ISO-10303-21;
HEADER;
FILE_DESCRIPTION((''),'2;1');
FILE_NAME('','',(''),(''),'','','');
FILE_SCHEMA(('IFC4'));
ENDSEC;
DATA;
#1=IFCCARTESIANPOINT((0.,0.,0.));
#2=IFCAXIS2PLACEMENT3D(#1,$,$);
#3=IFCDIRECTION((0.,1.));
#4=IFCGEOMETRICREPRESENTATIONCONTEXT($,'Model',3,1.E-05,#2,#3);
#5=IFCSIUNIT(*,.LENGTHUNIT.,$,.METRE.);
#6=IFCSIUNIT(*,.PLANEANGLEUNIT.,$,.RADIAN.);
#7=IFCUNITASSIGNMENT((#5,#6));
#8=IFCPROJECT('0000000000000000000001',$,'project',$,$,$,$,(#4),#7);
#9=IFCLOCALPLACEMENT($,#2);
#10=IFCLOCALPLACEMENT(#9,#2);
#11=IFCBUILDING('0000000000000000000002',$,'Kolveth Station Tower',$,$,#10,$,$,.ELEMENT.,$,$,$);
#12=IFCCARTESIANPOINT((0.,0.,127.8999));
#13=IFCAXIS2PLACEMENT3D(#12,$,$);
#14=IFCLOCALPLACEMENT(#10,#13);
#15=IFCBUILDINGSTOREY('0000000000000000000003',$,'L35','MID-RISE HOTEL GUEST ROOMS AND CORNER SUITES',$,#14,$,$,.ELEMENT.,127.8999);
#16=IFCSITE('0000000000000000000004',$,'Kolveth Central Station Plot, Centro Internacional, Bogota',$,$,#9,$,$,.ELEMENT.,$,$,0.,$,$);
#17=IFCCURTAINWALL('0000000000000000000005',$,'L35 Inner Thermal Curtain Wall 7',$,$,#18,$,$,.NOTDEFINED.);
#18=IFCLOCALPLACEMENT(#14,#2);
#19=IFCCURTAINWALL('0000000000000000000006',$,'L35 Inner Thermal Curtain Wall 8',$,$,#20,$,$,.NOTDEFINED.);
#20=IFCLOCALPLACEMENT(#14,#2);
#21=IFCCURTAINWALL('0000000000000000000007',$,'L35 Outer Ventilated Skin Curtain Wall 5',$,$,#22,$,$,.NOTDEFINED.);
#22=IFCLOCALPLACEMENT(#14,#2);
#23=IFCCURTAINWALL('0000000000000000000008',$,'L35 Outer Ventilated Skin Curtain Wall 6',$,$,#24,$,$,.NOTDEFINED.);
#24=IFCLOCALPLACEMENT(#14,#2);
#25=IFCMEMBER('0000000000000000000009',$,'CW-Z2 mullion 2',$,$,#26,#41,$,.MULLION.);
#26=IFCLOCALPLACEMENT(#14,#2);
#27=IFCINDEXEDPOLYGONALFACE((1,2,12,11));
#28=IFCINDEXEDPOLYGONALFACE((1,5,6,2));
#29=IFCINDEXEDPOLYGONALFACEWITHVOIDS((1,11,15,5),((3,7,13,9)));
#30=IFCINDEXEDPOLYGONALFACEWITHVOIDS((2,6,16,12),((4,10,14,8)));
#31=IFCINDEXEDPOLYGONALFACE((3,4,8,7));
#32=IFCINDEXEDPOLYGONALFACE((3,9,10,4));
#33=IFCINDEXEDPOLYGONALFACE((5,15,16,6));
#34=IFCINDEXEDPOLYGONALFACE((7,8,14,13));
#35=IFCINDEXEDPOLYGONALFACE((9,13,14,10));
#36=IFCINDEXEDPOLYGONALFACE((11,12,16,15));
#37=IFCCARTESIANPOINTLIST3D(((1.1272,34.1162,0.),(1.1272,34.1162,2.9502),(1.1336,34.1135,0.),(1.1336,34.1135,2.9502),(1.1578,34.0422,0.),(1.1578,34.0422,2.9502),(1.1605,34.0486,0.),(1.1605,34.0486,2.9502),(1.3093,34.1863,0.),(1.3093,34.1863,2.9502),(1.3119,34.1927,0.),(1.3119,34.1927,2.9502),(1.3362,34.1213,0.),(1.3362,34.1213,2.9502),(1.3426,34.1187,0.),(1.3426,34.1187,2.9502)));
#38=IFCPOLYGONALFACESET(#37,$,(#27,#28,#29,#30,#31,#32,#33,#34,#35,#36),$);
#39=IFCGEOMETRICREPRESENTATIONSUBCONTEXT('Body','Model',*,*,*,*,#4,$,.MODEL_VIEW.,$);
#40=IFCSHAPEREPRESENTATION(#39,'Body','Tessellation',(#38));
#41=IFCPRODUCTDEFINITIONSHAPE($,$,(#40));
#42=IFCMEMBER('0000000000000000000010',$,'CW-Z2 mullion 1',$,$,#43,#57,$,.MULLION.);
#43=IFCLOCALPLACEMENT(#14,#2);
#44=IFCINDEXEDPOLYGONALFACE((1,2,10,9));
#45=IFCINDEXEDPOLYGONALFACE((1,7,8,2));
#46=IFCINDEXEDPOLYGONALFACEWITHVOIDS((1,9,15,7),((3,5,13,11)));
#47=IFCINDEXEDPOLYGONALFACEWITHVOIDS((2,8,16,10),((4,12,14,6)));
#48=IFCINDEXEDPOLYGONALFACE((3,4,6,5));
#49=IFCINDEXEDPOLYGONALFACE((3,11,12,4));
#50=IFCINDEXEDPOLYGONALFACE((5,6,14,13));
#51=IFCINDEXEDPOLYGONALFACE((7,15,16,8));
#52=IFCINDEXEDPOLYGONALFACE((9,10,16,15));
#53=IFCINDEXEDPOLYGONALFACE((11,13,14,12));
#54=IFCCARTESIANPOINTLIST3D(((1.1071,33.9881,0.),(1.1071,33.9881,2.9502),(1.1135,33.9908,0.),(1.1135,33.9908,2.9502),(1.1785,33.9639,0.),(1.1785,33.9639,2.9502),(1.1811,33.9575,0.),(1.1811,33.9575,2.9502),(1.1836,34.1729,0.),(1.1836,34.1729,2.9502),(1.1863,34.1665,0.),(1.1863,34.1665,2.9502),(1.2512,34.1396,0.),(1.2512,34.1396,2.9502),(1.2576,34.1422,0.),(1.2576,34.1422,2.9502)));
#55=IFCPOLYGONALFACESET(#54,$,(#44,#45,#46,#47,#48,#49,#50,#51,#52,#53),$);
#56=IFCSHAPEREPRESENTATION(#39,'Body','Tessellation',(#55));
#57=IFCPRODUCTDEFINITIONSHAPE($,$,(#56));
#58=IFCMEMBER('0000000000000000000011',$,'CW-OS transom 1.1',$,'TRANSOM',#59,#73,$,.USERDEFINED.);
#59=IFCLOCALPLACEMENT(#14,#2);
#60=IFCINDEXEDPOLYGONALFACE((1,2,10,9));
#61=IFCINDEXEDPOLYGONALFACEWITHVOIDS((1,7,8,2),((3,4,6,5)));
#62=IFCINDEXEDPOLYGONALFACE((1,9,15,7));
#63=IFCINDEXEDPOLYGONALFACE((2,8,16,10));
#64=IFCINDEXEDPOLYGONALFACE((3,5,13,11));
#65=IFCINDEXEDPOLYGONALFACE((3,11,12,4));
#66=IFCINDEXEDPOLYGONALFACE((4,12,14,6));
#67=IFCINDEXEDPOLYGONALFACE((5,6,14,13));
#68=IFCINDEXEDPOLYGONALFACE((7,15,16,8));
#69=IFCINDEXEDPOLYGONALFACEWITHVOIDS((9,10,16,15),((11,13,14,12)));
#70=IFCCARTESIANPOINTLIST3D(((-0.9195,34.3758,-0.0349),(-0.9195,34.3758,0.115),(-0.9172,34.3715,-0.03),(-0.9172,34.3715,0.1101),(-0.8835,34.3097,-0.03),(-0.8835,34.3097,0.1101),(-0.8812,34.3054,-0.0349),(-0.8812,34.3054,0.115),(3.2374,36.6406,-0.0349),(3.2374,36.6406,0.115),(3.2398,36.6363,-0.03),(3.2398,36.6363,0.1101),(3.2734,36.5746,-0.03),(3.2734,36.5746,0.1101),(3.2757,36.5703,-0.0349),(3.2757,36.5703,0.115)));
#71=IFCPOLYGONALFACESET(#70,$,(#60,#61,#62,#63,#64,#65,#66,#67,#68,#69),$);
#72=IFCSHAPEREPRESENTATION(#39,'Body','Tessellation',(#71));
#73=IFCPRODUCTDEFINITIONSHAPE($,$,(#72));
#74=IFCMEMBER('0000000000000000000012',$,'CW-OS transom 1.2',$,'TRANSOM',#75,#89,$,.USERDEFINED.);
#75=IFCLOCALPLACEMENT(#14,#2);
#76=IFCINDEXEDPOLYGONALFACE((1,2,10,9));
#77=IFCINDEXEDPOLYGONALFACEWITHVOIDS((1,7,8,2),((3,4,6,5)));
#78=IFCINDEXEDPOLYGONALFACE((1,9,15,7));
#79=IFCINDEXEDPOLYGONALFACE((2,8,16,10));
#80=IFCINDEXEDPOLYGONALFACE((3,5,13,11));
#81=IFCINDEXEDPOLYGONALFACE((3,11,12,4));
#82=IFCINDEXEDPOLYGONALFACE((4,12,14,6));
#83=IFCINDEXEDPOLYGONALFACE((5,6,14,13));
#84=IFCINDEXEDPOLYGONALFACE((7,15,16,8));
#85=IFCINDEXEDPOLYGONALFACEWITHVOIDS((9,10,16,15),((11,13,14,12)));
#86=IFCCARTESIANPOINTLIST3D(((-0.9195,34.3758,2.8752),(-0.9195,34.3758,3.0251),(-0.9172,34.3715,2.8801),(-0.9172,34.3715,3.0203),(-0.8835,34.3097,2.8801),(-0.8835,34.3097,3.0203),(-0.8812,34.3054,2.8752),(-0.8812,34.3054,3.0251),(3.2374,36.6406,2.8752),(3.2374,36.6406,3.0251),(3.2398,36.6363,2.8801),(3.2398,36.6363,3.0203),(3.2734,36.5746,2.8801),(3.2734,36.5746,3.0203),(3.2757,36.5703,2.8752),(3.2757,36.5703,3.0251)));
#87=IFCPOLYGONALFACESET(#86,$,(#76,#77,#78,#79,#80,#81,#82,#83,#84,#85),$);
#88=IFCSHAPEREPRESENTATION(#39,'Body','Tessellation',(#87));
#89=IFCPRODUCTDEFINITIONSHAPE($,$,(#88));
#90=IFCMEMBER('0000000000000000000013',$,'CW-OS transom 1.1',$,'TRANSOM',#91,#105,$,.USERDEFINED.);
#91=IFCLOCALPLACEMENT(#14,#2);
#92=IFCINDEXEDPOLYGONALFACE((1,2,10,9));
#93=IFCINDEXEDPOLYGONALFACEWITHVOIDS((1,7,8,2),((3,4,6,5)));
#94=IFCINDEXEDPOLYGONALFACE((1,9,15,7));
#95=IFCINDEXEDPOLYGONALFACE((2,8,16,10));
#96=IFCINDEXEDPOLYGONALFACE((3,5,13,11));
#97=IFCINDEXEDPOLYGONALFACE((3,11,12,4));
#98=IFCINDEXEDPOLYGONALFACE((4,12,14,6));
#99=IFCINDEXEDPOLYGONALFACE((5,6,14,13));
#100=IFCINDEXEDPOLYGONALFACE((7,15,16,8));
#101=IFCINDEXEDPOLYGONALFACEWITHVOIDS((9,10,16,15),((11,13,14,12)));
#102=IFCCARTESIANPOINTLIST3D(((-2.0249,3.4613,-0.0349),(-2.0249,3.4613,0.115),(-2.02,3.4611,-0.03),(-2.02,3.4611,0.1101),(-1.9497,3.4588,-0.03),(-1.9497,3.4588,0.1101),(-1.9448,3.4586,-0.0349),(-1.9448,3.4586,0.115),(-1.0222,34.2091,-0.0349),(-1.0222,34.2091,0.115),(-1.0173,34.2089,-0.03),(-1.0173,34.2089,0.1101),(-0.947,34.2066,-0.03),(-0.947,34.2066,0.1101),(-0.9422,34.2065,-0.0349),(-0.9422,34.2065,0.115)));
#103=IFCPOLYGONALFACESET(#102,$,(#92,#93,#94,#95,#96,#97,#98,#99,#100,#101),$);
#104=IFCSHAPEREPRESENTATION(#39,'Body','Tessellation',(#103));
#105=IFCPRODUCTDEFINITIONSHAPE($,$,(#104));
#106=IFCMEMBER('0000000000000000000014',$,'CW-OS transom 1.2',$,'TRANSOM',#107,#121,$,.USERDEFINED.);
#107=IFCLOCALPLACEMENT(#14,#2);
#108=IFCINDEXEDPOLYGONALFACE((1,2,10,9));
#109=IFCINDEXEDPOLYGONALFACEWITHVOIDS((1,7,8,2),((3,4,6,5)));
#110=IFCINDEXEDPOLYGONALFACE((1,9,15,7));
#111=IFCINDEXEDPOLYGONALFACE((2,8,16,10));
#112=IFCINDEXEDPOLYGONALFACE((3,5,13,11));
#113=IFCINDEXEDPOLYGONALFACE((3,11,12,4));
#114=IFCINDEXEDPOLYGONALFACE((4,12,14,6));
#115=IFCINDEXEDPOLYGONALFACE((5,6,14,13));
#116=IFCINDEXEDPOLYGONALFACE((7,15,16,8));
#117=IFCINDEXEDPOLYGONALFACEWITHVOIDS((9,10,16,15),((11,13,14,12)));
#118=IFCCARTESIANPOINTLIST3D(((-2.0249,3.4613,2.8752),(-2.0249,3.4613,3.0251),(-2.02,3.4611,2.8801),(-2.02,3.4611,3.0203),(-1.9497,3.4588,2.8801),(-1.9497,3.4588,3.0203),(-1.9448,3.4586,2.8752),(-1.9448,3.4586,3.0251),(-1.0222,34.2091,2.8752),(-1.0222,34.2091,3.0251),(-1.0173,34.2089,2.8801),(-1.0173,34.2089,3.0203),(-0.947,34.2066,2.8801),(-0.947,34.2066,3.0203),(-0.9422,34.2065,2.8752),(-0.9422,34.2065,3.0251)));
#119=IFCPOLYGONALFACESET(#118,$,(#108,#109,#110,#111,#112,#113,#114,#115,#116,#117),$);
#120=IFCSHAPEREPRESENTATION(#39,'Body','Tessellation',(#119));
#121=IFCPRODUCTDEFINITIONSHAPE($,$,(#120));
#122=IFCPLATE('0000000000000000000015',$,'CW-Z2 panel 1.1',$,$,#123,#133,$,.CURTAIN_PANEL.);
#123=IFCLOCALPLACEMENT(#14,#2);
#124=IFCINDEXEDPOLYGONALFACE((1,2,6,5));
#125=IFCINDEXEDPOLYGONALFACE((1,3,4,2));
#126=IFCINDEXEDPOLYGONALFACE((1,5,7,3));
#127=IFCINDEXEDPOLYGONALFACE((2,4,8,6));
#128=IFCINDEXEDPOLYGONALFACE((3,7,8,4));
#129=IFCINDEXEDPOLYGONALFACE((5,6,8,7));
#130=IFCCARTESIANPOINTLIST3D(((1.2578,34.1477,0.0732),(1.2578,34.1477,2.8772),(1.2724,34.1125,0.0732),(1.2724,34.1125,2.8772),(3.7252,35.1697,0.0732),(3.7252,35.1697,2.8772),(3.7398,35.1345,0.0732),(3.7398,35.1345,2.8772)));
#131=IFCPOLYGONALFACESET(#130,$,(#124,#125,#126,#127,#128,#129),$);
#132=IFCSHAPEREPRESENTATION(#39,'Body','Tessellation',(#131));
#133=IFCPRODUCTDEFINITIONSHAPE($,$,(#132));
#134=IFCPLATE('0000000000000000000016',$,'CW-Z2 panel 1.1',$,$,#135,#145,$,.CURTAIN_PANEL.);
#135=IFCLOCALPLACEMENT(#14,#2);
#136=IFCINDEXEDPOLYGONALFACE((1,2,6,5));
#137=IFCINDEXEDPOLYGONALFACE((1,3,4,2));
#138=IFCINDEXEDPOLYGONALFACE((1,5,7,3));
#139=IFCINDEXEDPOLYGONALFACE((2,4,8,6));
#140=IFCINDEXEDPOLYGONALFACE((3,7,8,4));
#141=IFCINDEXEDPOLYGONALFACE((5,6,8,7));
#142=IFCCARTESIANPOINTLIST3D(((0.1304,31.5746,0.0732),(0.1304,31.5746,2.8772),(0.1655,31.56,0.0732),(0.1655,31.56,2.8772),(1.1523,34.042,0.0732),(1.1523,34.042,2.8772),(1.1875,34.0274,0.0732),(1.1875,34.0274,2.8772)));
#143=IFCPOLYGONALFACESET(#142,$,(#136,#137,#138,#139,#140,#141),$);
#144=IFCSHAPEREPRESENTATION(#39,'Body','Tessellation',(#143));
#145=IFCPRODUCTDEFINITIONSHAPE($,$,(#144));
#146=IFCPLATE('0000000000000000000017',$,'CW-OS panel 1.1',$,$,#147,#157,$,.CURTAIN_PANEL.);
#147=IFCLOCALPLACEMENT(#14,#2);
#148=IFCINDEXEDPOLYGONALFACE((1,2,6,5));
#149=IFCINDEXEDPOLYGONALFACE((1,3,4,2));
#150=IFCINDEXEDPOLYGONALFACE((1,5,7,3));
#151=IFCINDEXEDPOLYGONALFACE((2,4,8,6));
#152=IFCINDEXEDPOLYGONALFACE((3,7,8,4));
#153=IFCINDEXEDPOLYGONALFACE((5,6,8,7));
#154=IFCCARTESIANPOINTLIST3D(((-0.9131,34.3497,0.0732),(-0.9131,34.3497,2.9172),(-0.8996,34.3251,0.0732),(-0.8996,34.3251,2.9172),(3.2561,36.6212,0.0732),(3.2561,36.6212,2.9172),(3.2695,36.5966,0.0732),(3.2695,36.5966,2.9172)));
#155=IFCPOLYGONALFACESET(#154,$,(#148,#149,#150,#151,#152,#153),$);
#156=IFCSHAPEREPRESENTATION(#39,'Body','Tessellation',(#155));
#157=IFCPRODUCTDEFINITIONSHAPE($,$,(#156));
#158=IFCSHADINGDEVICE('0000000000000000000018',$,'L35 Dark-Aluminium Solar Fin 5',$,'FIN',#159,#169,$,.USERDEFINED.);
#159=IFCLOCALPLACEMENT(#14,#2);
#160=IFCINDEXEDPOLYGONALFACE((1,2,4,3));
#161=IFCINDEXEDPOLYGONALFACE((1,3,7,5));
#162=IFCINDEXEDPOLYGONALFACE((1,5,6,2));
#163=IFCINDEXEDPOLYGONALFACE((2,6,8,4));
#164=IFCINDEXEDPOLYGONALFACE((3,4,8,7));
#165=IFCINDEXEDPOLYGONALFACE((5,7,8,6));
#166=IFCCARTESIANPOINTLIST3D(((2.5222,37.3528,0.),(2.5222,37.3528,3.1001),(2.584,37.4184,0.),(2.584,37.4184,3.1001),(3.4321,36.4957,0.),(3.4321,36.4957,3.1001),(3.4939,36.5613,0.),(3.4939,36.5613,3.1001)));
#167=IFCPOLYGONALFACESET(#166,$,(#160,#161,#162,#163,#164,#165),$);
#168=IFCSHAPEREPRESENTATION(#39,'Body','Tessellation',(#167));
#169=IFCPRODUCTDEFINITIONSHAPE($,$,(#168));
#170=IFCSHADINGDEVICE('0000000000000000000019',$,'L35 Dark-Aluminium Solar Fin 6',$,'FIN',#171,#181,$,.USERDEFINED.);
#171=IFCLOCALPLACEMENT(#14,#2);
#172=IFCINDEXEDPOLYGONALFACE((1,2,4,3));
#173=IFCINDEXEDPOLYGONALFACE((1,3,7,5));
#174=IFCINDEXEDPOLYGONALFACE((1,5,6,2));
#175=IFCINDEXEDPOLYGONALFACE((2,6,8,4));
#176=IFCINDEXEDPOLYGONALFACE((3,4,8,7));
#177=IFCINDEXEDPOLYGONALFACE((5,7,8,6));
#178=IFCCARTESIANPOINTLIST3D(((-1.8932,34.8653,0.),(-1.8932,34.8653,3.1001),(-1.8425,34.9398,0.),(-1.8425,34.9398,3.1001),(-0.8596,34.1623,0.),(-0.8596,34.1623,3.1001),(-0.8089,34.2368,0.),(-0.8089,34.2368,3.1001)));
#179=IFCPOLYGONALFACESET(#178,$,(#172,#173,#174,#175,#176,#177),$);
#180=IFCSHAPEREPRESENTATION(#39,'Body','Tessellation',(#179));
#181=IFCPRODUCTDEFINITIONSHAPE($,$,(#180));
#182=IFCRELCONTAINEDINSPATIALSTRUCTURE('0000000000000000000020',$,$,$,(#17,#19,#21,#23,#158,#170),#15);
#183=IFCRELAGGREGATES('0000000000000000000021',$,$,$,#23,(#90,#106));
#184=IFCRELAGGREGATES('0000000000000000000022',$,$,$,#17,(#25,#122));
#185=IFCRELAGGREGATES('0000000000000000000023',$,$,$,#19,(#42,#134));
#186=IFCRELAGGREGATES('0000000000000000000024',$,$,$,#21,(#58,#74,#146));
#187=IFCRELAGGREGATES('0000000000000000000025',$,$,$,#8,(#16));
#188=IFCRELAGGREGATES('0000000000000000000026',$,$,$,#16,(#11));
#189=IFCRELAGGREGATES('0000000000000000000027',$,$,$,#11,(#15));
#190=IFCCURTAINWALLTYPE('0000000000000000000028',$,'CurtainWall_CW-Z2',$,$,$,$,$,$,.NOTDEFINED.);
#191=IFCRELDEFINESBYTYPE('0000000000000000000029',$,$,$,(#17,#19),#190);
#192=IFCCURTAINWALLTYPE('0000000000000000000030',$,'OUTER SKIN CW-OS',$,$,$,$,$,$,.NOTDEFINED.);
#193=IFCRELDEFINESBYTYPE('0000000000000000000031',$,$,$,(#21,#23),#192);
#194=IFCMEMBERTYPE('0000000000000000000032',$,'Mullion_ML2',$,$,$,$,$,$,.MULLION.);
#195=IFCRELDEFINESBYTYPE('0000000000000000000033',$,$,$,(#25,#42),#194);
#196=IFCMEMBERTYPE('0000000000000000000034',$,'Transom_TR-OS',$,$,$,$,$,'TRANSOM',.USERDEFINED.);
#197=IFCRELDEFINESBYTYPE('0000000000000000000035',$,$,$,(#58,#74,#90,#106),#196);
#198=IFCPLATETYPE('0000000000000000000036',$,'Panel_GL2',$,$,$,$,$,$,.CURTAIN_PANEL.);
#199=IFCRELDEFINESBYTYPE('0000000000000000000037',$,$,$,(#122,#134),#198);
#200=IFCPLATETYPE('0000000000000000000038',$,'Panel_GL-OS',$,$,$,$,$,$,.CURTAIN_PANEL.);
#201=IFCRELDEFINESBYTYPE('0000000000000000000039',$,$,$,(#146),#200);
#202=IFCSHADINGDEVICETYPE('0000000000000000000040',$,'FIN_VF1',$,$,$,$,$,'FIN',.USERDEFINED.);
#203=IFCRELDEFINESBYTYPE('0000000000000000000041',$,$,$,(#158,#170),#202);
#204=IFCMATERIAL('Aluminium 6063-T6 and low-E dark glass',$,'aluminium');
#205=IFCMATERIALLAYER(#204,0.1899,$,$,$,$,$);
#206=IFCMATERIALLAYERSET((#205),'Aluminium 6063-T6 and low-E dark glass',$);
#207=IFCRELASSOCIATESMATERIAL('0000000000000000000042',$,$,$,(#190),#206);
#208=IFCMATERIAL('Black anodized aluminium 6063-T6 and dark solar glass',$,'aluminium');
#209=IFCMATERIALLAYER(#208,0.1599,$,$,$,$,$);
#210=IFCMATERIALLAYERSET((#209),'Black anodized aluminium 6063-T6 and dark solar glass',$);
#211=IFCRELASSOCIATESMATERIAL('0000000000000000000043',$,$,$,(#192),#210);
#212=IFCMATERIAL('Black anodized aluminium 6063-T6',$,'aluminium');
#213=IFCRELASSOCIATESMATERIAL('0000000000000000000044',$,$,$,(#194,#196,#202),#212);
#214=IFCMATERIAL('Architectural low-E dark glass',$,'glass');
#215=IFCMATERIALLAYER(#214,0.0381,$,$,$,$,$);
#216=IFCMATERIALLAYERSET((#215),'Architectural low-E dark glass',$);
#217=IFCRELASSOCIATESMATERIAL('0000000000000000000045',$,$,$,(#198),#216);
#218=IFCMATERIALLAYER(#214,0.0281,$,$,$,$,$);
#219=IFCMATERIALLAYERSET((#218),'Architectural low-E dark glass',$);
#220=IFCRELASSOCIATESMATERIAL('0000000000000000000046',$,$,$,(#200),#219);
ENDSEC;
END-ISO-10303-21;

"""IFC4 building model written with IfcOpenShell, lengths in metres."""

from ifc_helpers import new_model, si_unit, direction, frame, origin, origin_2d, place, context, subcontext, project, spatial, rectangle, hollow_rectangle, extrude, source, transform, mapped, material, layer, layer_set, material_profile, profile_set, type_object, element, aggregate, save


model = new_model("IFC4")

# Units and contexts
model_context = context("Model", 3, precision=1e-05, world=origin(), true_north=direction((0.0, 1.0)))
body_context = subcontext(model_context, "Body", "Model", "MODEL_VIEW")
ifc_project = project(units=[si_unit("LENGTHUNIT", "METRE"), si_unit("PLANEANGLEUNIT", "RADIAN")], contexts=[model_context])

# Site, building, storey
site_placement = place(None, origin())
site = spatial("IfcSite", under=ifc_project, at=site_placement, Name="Kolveth Central Station Plot, Centro Internacional, Bogota", CompositionType="ELEMENT", RefElevation=0.0)
building_placement = place(site_placement, origin())
building = spatial("IfcBuilding", under=site, at=building_placement, Name="Kolveth Station Tower", CompositionType="ELEMENT")
storey_placement = place(building_placement, frame((0.0, 0.0, 127.8999)))
storey = spatial("IfcBuildingStorey", under=building, at=storey_placement, Name="L35", Description="MID-RISE HOTEL GUEST ROOMS AND CORNER SUITES", CompositionType="ELEMENT", Elevation=127.8999)

# Curtain walls
ifc_material_1 = material(Name="Aluminium 6063-T6 and low-E dark glass", Category="aluminium")
ifc_layer_1 = layer(ifc_material_1, 0.1899)
ifc_layer_set_1 = layer_set([ifc_layer_1], Name="Aluminium 6063-T6 and low-E dark glass")
curtain_wall_type_1 = type_object("IfcCurtainWallType", Name="CurtainWall_CW-Z2", PredefinedType="NOTDEFINED", material=ifc_layer_set_1)
curtain_wall_1_placement = place(storey_placement, origin())
curtain_wall_1 = element("IfcCurtainWall", 1, at=curtain_wall_1_placement, inside=storey, type_object=curtain_wall_type_1, Name="L35 Inner Thermal Curtain Wall 7", PredefinedType="NOTDEFINED")
ifc_material_2 = material(Name="Black anodized aluminium 6063-T6", Category="aluminium")
curtain_wall_2_placement = place(storey_placement, origin())
curtain_wall_2 = element("IfcCurtainWall", 2, at=curtain_wall_2_placement, inside=storey, type_object=curtain_wall_type_1, Name="L35 Inner Thermal Curtain Wall 8", PredefinedType="NOTDEFINED")

# Shared definitions
ifc_material_3 = material(Name="Black anodized aluminium 6063-T6 and dark solar glass", Category="aluminium")
ifc_layer_2 = layer(ifc_material_3, 0.1599)
ifc_layer_set_2 = layer_set([ifc_layer_2], Name="Black anodized aluminium 6063-T6 and dark solar glass")
curtain_wall_type_2 = type_object("IfcCurtainWallType", Name="OUTER SKIN CW-OS", PredefinedType="NOTDEFINED", material=ifc_layer_set_2)

# Curtain wall
curtain_wall_3_placement = place(storey_placement, origin())
curtain_wall_3 = element("IfcCurtainWall", 3, at=curtain_wall_3_placement, inside=storey, type_object=curtain_wall_type_2, Name="L35 Outer Ventilated Skin Curtain Wall 5", PredefinedType="NOTDEFINED")

# Curtain wall
curtain_wall_4_placement = place(storey_placement, origin())
curtain_wall_4 = element("IfcCurtainWall", 4, at=curtain_wall_4_placement, inside=storey, type_object=curtain_wall_type_2, Name="L35 Outer Ventilated Skin Curtain Wall 6", PredefinedType="NOTDEFINED")
ifc_material_profile_1 = material_profile(ifc_material_2, hollow_rectangle(XDim=0.0801, YDim=0.2, WallThickness=0.0049, at=origin_2d()), Name="ALU-80x200x5")
ifc_profile_set_1 = profile_set([ifc_material_profile_1], Name="Black anodized aluminium 6063-T6")
member_type_1 = type_object("IfcMemberType", Name="Mullion_ML2", PredefinedType="MULLION", material=ifc_profile_set_1)
shared_shape_1 = source(origin(), body_context, "Body", "SweptSolid", [
    extrude(hollow_rectangle(XDim=0.0801, YDim=0.2, WallThickness=0.0049, at=origin_2d()), origin(), (0.0, 0.0, 1.0), 2.9502),
])

# Members
member_1_placement = place(storey_placement, frame((1.2349, 34.1174, 0.0), z_axis=(0.0, 0.0, 1.0), x_axis=(0.382663, -0.923888, 0.0)))
member_1 = element("IfcMember", 5, at=member_1_placement, type_object=member_type_1, Name="CW-Z2 mullion 2", PredefinedType="MULLION", context=body_context, shape_type="MappedRepresentation", body=[
    mapped(shared_shape_1, transform((0.0, 0.0, 0.0), x_axis=(1.0, 0.0, 0.0), y_axis=(0.0, 1.0, 0.0), z_axis=(0.0, 0.0, 1.0), scale=1.0)),
])
member_2_placement = place(storey_placement, frame((1.1824, 34.0652, 0.0), z_axis=(0.0, 0.0, 1.0), x_axis=(0.923888, -0.382663, 0.0)))
member_2 = element("IfcMember", 6, at=member_2_placement, type_object=member_type_1, Name="CW-Z2 mullion 1", PredefinedType="MULLION", context=body_context, shape_type="MappedRepresentation", body=[
    mapped(shared_shape_1, transform((0.0, 0.0, 0.0), x_axis=(1.0, 0.0, 0.0), y_axis=(0.0, 1.0, 0.0), z_axis=(0.0, 0.0, 1.0), scale=1.0)),
])
ifc_material_profile_2 = material_profile(ifc_material_2, hollow_rectangle(XDim=0.0801, YDim=0.1499, WallThickness=0.0049, at=origin_2d()), Name="ALU-80x150x5")
ifc_profile_set_2 = profile_set([ifc_material_profile_2], Name="Black anodized aluminium 6063-T6")
member_type_2 = type_object("IfcMemberType", Name="Transom_TR-OS", ElementType="TRANSOM", PredefinedType="USERDEFINED", material=ifc_profile_set_2)
shared_shape_2 = source(origin(), body_context, "Body", "SweptSolid", [
    extrude(hollow_rectangle(XDim=0.0801, YDim=0.1499, WallThickness=0.0049, at=origin_2d()), origin(), (0.0, 0.0, 1.0), 4.7339),
])
member_3_placement = place(storey_placement, frame((3.2566, 36.6055, 0.04), z_axis=(-0.878122, -0.478437, 0.0), x_axis=(0.478437, -0.878122, 0.0)))
member_3 = element("IfcMember", 7, at=member_3_placement, type_object=member_type_2, Name="CW-OS transom 1.1", ObjectType="TRANSOM", PredefinedType="USERDEFINED", context=body_context, shape_type="MappedRepresentation", body=[
    mapped(shared_shape_2, transform((0.0, 0.0, 0.0), x_axis=(1.0, 0.0, 0.0), y_axis=(0.0, 1.0, 0.0), z_axis=(0.0, 0.0, 1.0), scale=1.0)),
])
member_4_placement = place(storey_placement, frame((3.2566, 36.6055, 2.9502), z_axis=(-0.878122, -0.478437, 0.0), x_axis=(0.478437, -0.878122, 0.0)))
member_4 = element("IfcMember", 8, at=member_4_placement, type_object=member_type_2, Name="CW-OS transom 1.2", ObjectType="TRANSOM", PredefinedType="USERDEFINED", context=body_context, shape_type="MappedRepresentation", body=[
    mapped(shared_shape_2, transform((0.0, 0.0, 0.0), x_axis=(1.0, 0.0, 0.0), y_axis=(0.0, 1.0, 0.0), z_axis=(0.0, 0.0, 1.0), scale=1.0)),
])
shared_shape_3 = source(origin(), body_context, "Body", "SweptSolid", [
    extrude(hollow_rectangle(XDim=0.0801, YDim=0.1499, WallThickness=0.0049, at=origin_2d()), origin(), (0.0, 0.0, 1.0), 30.7642),
])
member_5_placement = place(storey_placement, frame((-0.9822, 34.2078, 0.04), z_axis=(-0.032593, -0.999469, 0.0), x_axis=(0.999469, -0.032593, 0.0)))
member_5 = element("IfcMember", 9, at=member_5_placement, type_object=member_type_2, Name="CW-OS transom 1.1", ObjectType="TRANSOM", PredefinedType="USERDEFINED", context=body_context, shape_type="MappedRepresentation", body=[
    mapped(shared_shape_3, transform((0.0, 0.0, 0.0), x_axis=(1.0, 0.0, 0.0), y_axis=(0.0, 1.0, 0.0), z_axis=(0.0, 0.0, 1.0), scale=1.0)),
])
member_6_placement = place(storey_placement, frame((-0.9822, 34.2078, 2.9502), z_axis=(-0.032593, -0.999469, 0.0), x_axis=(0.999469, -0.032593, 0.0)))
member_6 = element("IfcMember", 10, at=member_6_placement, type_object=member_type_2, Name="CW-OS transom 1.2", ObjectType="TRANSOM", PredefinedType="USERDEFINED", context=body_context, shape_type="MappedRepresentation", body=[
    mapped(shared_shape_3, transform((0.0, 0.0, 0.0), x_axis=(1.0, 0.0, 0.0), y_axis=(0.0, 1.0, 0.0), z_axis=(0.0, 0.0, 1.0), scale=1.0)),
])
aggregate(curtain_wall_4, [member_5, member_6])

# Plates
ifc_material_4 = material(Name="Architectural low-E dark glass", Category="glass")
ifc_layer_3 = layer(ifc_material_4, 0.0381)
ifc_layer_set_3 = layer_set([ifc_layer_3], Name="Architectural low-E dark glass")
plate_type_1 = type_object("IfcPlateType", Name="Panel_GL2", PredefinedType="CURTAIN_PANEL", material=ifc_layer_set_3)
shared_shape_4 = source(origin(), body_context, "Body", "SweptSolid", [
    extrude(rectangle(XDim=2.6707, YDim=0.0381, at=origin_2d()), origin(), (0.0, 0.0, 1.0), 2.804),
])
plate_1_placement = place(storey_placement, frame((2.4988, 34.6411, 0.0732), z_axis=(0.0, 0.0, 1.0), x_axis=(-0.923888, -0.382663, 0.0)))
plate_1 = element("IfcPlate", 11, at=plate_1_placement, type_object=plate_type_1, Name="CW-Z2 panel 1.1", PredefinedType="CURTAIN_PANEL", context=body_context, shape_type="MappedRepresentation", body=[
    mapped(shared_shape_4, transform((0.0, 0.0, 0.0), x_axis=(1.0, 0.0, 0.0), y_axis=(0.0, 1.0, 0.0), z_axis=(0.0, 0.0, 1.0), scale=1.0)),
])
aggregate(curtain_wall_1, [member_1, plate_1])
plate_2_placement = place(storey_placement, frame((0.6589, 32.801, 0.0732), z_axis=(0.0, 0.0, 1.0), x_axis=(-0.382663, -0.923888, 0.0)))
plate_2 = element("IfcPlate", 12, at=plate_2_placement, type_object=plate_type_1, Name="CW-Z2 panel 1.1", PredefinedType="CURTAIN_PANEL", context=body_context, shape_type="MappedRepresentation", body=[
    mapped(shared_shape_4, transform((0.0, 0.0, 0.0), x_axis=(1.0, 0.0, 0.0), y_axis=(0.0, 1.0, 0.0), z_axis=(0.0, 0.0, 1.0), scale=1.0)),
])
aggregate(curtain_wall_2, [member_2, plate_2])
ifc_layer_4 = layer(ifc_material_4, 0.0281)
ifc_layer_set_4 = layer_set([ifc_layer_4], Name="Architectural low-E dark glass")
plate_type_2 = type_object("IfcPlateType", Name="Panel_GL-OS", PredefinedType="CURTAIN_PANEL", material=ifc_layer_set_4)
shared_shape_5 = source(origin(), body_context, "Body", "SweptSolid", [
    extrude(rectangle(XDim=4.7478, YDim=0.0281, at=origin_2d()), origin(), (0.0, 0.0, 1.0), 2.844),
])
plate_3_placement = place(storey_placement, frame((1.1782, 35.4731, 0.0732), z_axis=(0.0, 0.0, 1.0), x_axis=(-0.878125, -0.478431, 0.0)))
plate_3 = element("IfcPlate", 13, at=plate_3_placement, type_object=plate_type_2, Name="CW-OS panel 1.1", PredefinedType="CURTAIN_PANEL", context=body_context, shape_type="MappedRepresentation", body=[
    mapped(shared_shape_5, transform((0.0, 0.0, 0.0), x_axis=(1.0, 0.0, 0.0), y_axis=(0.0, 1.0, 0.0), z_axis=(0.0, 0.0, 1.0), scale=1.0)),
])
aggregate(curtain_wall_3, [member_3, member_4, plate_3])

# Shading devices
shading_device_type = type_object("IfcShadingDeviceType", Name="FIN_VF1", ElementType="FIN", PredefinedType="USERDEFINED", material=ifc_material_2)
shared_shape_6 = source(origin(), body_context, "Body", "SweptSolid", [
    extrude(rectangle(XDim=1.25, YDim=0.0901, at=origin_2d()), origin(), (0.0, 0.0, 1.0), 3.1001),
])
for number, where, z_axis, x_axis, name in (
    (14, (3.0081, 36.957, 0.0), (0.0, 0.0, 1.0), (-0.727892, 0.685691, 0.0), "L35 Dark-Aluminium Solar Fin 5"),
    (15, (-1.3511, 34.551, 0.0), (0.0, 0.0, 1.0), (-0.826884, 0.562372, 0.0), "L35 Dark-Aluminium Solar Fin 6"),
):
    element("IfcShadingDevice", number, at=place(storey_placement, frame(where, z_axis=z_axis, x_axis=x_axis)), inside=storey, type_object=shading_device_type, Name=name, ObjectType="FIN", PredefinedType="USERDEFINED", context=body_context, shape_type="MappedRepresentation", body=[
        mapped(shared_shape_6, transform((0.0, 0.0, 0.0), x_axis=(1.0, 0.0, 0.0), y_axis=(0.0, 1.0, 0.0), z_axis=(0.0, 0.0, 1.0), scale=1.0)),
    ])

save(model, "model.ifc")
